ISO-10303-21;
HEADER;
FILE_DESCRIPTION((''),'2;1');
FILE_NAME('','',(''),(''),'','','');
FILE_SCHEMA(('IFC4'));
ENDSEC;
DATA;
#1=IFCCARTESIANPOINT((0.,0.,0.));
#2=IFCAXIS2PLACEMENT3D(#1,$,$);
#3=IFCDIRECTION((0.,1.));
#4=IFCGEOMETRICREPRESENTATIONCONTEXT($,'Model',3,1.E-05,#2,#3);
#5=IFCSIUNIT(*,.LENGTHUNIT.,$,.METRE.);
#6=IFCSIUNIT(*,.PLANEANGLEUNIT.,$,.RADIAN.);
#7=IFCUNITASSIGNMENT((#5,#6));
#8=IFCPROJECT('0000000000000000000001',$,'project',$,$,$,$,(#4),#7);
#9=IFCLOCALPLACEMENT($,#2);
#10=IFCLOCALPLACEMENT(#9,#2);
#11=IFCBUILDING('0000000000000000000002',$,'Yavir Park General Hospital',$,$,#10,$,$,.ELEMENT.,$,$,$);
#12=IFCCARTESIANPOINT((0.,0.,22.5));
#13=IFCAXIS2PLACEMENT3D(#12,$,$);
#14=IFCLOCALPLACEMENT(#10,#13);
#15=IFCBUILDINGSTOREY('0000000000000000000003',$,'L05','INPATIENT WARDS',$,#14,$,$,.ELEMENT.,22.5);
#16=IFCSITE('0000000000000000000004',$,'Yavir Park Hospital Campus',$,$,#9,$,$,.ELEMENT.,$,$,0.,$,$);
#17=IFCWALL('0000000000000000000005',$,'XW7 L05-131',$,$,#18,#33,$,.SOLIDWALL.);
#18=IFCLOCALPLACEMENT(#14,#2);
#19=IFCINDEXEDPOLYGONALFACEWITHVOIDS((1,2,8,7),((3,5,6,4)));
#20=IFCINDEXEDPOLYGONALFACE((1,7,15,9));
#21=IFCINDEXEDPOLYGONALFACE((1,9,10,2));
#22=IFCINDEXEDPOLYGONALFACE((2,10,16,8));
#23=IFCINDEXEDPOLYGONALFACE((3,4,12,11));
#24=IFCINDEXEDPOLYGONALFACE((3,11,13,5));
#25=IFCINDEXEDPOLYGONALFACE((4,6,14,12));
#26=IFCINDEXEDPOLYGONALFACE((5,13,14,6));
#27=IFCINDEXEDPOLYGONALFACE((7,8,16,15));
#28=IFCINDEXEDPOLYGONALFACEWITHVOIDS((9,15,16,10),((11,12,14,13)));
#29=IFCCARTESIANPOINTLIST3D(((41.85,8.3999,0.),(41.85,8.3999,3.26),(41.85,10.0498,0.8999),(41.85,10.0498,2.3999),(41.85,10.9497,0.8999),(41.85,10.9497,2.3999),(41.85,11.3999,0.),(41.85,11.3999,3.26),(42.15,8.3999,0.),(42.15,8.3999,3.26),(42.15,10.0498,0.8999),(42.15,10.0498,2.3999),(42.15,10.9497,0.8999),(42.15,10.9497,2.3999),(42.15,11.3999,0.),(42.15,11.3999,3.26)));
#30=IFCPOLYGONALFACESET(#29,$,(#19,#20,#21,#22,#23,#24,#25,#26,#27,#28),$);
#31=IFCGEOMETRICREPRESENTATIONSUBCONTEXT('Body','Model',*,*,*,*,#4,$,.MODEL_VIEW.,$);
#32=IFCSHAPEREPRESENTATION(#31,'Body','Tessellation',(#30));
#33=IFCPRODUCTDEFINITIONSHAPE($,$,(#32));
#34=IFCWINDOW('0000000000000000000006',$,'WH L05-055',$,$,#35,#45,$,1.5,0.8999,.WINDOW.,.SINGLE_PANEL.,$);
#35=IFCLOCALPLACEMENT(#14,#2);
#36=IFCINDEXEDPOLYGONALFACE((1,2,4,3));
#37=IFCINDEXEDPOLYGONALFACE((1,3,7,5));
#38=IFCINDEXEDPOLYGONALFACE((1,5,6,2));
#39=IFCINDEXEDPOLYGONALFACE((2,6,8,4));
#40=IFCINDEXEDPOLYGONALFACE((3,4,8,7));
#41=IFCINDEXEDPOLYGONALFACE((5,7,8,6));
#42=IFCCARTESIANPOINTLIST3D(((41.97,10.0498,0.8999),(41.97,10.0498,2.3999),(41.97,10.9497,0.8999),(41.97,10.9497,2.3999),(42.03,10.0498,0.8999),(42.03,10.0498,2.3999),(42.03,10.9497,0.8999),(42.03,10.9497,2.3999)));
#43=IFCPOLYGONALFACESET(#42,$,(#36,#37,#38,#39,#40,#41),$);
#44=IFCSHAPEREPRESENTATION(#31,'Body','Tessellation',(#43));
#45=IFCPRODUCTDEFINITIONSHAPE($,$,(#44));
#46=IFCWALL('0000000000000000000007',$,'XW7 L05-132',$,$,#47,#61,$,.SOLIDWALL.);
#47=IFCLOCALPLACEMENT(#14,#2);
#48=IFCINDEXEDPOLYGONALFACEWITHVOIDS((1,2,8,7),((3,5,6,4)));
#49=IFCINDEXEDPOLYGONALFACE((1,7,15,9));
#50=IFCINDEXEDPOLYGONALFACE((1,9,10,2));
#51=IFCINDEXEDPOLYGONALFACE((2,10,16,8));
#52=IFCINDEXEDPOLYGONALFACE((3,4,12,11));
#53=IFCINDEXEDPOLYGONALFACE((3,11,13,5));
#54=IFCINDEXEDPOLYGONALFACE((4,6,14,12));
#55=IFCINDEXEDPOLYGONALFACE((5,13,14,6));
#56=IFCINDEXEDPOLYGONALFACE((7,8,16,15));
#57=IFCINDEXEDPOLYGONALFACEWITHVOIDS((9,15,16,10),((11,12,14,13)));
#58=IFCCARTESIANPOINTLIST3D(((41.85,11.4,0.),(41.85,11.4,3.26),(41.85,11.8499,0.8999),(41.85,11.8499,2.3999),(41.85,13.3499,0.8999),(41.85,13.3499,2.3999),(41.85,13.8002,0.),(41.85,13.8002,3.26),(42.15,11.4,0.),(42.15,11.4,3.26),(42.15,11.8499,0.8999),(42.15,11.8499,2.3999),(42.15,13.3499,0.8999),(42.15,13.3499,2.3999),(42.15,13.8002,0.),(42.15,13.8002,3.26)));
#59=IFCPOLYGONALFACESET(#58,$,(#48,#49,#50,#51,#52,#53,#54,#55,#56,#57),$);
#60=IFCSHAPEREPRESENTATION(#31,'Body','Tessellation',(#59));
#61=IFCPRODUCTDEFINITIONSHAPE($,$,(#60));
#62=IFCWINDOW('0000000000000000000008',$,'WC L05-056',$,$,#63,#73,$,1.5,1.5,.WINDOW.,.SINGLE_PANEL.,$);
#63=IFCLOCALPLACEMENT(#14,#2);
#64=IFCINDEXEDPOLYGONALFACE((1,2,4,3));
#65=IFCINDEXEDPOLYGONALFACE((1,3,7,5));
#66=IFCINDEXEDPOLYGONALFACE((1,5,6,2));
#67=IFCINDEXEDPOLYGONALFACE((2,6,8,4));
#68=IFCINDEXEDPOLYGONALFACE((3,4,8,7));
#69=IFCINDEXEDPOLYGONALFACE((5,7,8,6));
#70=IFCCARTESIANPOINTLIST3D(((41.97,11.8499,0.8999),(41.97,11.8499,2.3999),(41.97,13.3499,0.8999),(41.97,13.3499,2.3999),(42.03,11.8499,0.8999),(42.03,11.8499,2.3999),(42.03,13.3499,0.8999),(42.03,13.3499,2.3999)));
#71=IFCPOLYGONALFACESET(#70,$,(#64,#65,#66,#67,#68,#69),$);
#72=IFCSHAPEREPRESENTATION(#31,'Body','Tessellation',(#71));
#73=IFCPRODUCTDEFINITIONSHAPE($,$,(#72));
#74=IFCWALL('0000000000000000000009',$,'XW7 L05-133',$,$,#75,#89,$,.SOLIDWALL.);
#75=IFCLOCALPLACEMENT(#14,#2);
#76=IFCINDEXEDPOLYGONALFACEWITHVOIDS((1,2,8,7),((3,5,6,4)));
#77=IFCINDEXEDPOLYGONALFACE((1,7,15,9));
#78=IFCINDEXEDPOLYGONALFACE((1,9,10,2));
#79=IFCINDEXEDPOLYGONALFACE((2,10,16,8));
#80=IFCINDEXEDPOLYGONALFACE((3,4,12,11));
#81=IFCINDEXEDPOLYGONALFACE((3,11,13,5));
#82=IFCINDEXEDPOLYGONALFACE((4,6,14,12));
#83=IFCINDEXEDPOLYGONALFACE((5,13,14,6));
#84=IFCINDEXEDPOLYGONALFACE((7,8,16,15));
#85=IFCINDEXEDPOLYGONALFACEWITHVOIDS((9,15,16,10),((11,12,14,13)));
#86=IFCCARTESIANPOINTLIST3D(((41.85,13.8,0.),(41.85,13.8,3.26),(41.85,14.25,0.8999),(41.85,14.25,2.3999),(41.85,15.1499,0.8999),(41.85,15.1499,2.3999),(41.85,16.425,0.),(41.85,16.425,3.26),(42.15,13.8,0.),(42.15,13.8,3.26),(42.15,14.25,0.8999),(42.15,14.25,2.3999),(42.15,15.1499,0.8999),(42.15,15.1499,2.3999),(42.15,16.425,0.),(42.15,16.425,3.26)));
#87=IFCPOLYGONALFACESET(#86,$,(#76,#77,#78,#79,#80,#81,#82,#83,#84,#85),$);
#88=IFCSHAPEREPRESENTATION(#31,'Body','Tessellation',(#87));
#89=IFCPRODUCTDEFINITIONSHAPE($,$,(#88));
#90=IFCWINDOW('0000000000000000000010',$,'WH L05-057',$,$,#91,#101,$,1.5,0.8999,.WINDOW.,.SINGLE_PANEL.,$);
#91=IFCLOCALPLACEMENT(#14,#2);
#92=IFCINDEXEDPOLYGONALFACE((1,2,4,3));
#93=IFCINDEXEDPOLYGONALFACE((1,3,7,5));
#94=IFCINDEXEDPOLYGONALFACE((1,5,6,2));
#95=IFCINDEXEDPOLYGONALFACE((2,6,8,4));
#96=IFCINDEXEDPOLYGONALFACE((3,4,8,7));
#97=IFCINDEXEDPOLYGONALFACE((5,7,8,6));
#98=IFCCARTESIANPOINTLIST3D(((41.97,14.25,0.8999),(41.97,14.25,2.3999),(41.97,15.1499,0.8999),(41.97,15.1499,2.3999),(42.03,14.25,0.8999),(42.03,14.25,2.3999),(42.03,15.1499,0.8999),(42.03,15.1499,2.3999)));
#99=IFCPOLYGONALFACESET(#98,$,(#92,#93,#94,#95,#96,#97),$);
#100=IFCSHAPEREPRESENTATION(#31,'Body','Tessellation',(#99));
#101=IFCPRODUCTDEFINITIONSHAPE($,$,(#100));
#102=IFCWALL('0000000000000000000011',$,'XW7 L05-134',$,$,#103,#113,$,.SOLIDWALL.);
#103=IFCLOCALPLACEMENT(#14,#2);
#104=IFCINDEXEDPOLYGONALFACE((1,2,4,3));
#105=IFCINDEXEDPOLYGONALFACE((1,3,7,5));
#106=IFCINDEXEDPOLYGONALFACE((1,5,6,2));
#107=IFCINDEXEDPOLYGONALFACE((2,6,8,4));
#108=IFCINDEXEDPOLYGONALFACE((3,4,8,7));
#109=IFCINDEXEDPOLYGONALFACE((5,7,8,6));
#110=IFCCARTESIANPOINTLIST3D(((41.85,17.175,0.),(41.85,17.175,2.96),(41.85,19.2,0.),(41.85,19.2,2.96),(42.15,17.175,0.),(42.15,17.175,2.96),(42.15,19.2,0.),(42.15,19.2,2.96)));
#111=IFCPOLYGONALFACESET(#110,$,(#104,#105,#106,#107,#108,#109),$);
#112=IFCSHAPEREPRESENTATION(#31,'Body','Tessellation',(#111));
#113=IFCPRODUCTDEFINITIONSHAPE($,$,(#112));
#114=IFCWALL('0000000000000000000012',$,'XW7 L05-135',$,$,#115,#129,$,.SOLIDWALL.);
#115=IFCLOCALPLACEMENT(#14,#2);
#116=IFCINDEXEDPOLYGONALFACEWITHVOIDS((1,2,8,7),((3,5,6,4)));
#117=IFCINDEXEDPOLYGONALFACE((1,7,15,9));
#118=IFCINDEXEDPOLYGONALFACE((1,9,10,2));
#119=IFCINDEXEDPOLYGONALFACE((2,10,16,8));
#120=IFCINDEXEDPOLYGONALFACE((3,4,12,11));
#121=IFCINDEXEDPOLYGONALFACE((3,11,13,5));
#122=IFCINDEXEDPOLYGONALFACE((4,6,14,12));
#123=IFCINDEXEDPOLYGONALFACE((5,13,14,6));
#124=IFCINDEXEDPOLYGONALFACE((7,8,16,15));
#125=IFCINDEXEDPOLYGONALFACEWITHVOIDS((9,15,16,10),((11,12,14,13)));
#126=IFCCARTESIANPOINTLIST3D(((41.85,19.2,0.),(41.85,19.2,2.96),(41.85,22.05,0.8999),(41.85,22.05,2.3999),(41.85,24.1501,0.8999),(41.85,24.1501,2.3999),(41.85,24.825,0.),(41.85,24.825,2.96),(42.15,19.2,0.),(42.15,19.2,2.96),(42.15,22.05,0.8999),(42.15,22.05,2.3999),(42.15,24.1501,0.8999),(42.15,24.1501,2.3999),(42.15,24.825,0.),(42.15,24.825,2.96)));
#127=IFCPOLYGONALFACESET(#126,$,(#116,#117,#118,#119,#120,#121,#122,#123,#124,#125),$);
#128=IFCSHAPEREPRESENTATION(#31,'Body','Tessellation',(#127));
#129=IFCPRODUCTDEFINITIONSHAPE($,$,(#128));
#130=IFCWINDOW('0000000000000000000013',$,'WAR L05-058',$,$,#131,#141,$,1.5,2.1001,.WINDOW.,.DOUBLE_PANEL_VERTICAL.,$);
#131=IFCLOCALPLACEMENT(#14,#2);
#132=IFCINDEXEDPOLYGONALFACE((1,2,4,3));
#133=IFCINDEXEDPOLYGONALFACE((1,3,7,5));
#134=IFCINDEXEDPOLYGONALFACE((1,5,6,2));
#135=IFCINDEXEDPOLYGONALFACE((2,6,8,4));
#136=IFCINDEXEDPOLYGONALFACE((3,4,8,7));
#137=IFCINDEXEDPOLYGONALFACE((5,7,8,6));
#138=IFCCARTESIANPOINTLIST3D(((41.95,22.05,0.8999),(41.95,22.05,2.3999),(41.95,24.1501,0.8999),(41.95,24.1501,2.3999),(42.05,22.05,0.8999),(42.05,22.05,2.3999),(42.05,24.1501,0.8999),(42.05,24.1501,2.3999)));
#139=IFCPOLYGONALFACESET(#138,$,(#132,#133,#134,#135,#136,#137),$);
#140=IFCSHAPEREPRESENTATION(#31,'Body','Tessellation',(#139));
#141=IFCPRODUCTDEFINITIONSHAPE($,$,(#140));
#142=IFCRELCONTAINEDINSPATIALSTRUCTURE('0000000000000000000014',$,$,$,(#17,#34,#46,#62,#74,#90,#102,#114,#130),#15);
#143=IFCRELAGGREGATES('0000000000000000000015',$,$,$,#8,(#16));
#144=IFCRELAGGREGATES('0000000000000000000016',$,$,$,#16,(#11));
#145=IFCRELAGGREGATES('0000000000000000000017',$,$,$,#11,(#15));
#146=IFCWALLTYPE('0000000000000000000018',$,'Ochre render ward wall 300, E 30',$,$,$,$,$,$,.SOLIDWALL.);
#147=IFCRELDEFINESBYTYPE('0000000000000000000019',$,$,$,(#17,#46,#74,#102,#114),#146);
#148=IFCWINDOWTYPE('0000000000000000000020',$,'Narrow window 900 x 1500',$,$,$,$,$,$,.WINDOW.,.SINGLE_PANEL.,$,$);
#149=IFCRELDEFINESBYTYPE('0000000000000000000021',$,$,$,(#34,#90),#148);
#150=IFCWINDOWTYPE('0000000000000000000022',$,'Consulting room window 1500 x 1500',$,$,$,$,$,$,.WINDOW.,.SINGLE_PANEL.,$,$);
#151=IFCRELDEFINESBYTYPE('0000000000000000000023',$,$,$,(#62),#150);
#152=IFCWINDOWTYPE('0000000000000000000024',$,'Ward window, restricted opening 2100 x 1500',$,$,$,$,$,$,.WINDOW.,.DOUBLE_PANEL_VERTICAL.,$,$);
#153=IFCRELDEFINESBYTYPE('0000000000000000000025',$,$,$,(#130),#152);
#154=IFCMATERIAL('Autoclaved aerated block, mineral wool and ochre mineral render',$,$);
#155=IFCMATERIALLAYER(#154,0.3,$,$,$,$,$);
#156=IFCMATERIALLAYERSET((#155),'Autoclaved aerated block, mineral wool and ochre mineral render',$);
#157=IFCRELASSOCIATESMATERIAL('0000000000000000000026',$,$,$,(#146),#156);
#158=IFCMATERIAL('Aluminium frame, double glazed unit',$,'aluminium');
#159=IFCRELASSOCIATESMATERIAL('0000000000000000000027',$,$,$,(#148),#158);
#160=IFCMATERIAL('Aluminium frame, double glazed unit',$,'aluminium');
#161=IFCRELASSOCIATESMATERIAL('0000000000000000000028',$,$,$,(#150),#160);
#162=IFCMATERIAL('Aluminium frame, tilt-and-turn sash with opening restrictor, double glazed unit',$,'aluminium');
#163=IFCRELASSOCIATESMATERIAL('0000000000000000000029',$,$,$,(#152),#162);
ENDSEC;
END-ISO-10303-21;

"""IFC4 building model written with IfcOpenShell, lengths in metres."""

from ifc_helpers import new_model, si_unit, direction, frame, frame_2d, origin, place, context, subcontext, project, spatial, rectangle, extrude, material, layer, layer_set, type_object, element, fill, save


model = new_model("IFC4")

# Units and contexts
model_context = context("Model", 3, precision=1e-05, world=origin(), true_north=direction((0.0, 1.0)))
body_context = subcontext(model_context, "Body", "Model", "MODEL_VIEW")
ifc_project = project(units=[si_unit("LENGTHUNIT", "METRE"), si_unit("PLANEANGLEUNIT", "RADIAN")], contexts=[model_context])

# Site, building, storey
site_placement = place(None, origin())
site = spatial("IfcSite", under=ifc_project, at=site_placement, Name="Yavir Park Hospital Campus", CompositionType="ELEMENT", RefElevation=0.0)
building_placement = place(site_placement, origin())
building = spatial("IfcBuilding", under=site, at=building_placement, Name="Yavir Park General Hospital", CompositionType="ELEMENT")
storey_placement = place(building_placement, frame((0.0, 0.0, 22.5)))
storey = spatial("IfcBuildingStorey", under=building, at=storey_placement, Name="L05", Description="INPATIENT WARDS", CompositionType="ELEMENT", Elevation=22.5)

# Shared definitions
ifc_material_1 = material(Name="Autoclaved aerated block, mineral wool and ochre mineral render")
ifc_layer_1 = layer(ifc_material_1, 0.3)
ifc_layer_set_1 = layer_set([ifc_layer_1], Name="Autoclaved aerated block, mineral wool and ochre mineral render")
wall_type = type_object("IfcWallType", Name="Ochre render ward wall 300, E 30", PredefinedType="SOLIDWALL", material=ifc_layer_set_1)

# Walls, openings, windows
wall_1_placement = place(storey_placement, frame((42.0, 8.3999, 0.0), z_axis=(0.0, 0.0, 1.0), x_axis=(0.0, 1.0, 0.0)))
wall_1 = element("IfcWall", 1, at=wall_1_placement, inside=storey, type_object=wall_type, Name="XW7 L05-131", PredefinedType="SOLIDWALL", context=body_context, shape_type="SweptSolid", body=[
    extrude(rectangle(XDim=3.0, YDim=0.3, at=frame_2d((1.5, 0.0))), origin(), (0.0, 0.0, 1.0), 3.26),
])
opening_1_placement = place(wall_1_placement, frame((1.6499, 0.0, 0.8999)))
opening_1 = element("IfcOpeningElement", 2, at=opening_1_placement, cuts=wall_1, PredefinedType="OPENING", context=body_context, shape_type="SweptSolid", body=[
    extrude(rectangle(XDim=0.8999, YDim=1.5, at=frame_2d((0.45, 0.75))), frame((0.0, 0.1599, 0.0), z_axis=(0.0, -1.0, 0.0), x_axis=(1.0, 0.0, 0.0)), (0.0, 0.0, 1.0), 0.3201),
])
ifc_material_2 = material(Name="Aluminium frame, double glazed unit", Category="aluminium")
window_type_1 = type_object("IfcWindowType", Name="Narrow window 900 x 1500", PartitioningType="SINGLE_PANEL", PredefinedType="WINDOW", material=ifc_material_2)
window_1_placement = place(opening_1_placement, origin())
window_1 = element("IfcWindow", 3, at=window_1_placement, inside=storey, type_object=window_type_1, Name="WH L05-055", OverallHeight=1.5, OverallWidth=0.8999, PartitioningType="SINGLE_PANEL", PredefinedType="WINDOW", context=body_context, shape_type="SweptSolid", body=[
    extrude(rectangle(XDim=0.8999, YDim=1.5, at=frame_2d((0.45, 0.75))), frame((0.0, 0.03, 0.0), z_axis=(0.0, -1.0, 0.0), x_axis=(1.0, 0.0, 0.0)), (0.0, 0.0, 1.0), 0.0601),
])
fill(opening_1, window_1)
wall_2_placement = place(storey_placement, frame((42.0, 11.3999, 0.0), z_axis=(0.0, 0.0, 1.0), x_axis=(0.0, 1.0, 0.0)))
wall_2 = element("IfcWall", 4, at=wall_2_placement, inside=storey, type_object=wall_type, Name="XW7 L05-132", PredefinedType="SOLIDWALL", context=body_context, shape_type="SweptSolid", body=[
    extrude(rectangle(XDim=2.4001, YDim=0.3, at=frame_2d((1.2002, 0.0))), origin(), (0.0, 0.0, 1.0), 3.26),
])
opening_2_placement = place(wall_2_placement, frame((0.45, 0.0, 0.8999)))
opening_2 = element("IfcOpeningElement", 5, at=opening_2_placement, cuts=wall_2, PredefinedType="OPENING", context=body_context, shape_type="SweptSolid", body=[
    extrude(rectangle(XDim=1.5, YDim=1.5, at=frame_2d((0.75, 0.75))), frame((0.0, 0.1599, 0.0), z_axis=(0.0, -1.0, 0.0), x_axis=(1.0, 0.0, 0.0)), (0.0, 0.0, 1.0), 0.3201),
])
ifc_material_3 = material(Name="Aluminium frame, double glazed unit", Category="aluminium")
window_type_2 = type_object("IfcWindowType", Name="Consulting room window 1500 x 1500", PartitioningType="SINGLE_PANEL", PredefinedType="WINDOW", material=ifc_material_3)
window_2_placement = place(opening_2_placement, origin())
window_2 = element("IfcWindow", 6, at=window_2_placement, inside=storey, type_object=window_type_2, Name="WC L05-056", OverallHeight=1.5, OverallWidth=1.5, PartitioningType="SINGLE_PANEL", PredefinedType="WINDOW", context=body_context, shape_type="SweptSolid", body=[
    extrude(rectangle(XDim=1.5, YDim=1.5, at=frame_2d((0.75, 0.75))), frame((0.0, 0.03, 0.0), z_axis=(0.0, -1.0, 0.0), x_axis=(1.0, 0.0, 0.0)), (0.0, 0.0, 1.0), 0.0601),
])
fill(opening_2, window_2)
wall_3_placement = place(storey_placement, frame((42.0, 13.8, 0.0), z_axis=(0.0, 0.0, 1.0), x_axis=(0.0, 1.0, 0.0)))
wall_3 = element("IfcWall", 7, at=wall_3_placement, inside=storey, type_object=wall_type, Name="XW7 L05-133", PredefinedType="SOLIDWALL", context=body_context, shape_type="SweptSolid", body=[
    extrude(rectangle(XDim=2.625, YDim=0.3, at=frame_2d((1.3125, 0.0))), origin(), (0.0, 0.0, 1.0), 3.26),
])
opening_3_placement = place(wall_3_placement, frame((0.45, 0.0, 0.8999)))
opening_3 = element("IfcOpeningElement", 8, at=opening_3_placement, cuts=wall_3, PredefinedType="OPENING", context=body_context, shape_type="SweptSolid", body=[
    extrude(rectangle(XDim=0.8999, YDim=1.5, at=frame_2d((0.45, 0.75))), frame((0.0, 0.1599, 0.0), z_axis=(0.0, -1.0, 0.0), x_axis=(1.0, 0.0, 0.0)), (0.0, 0.0, 1.0), 0.3201),
])
window_3_placement = place(opening_3_placement, origin())
window_3 = element("IfcWindow", 9, at=window_3_placement, inside=storey, type_object=window_type_1, Name="WH L05-057", OverallHeight=1.5, OverallWidth=0.8999, PartitioningType="SINGLE_PANEL", PredefinedType="WINDOW", context=body_context, shape_type="SweptSolid", body=[
    extrude(rectangle(XDim=0.8999, YDim=1.5, at=frame_2d((0.45, 0.75))), frame((0.0, 0.03, 0.0), z_axis=(0.0, -1.0, 0.0), x_axis=(1.0, 0.0, 0.0)), (0.0, 0.0, 1.0), 0.0601),
])
fill(opening_3, window_3)

# Wall
wall_4_placement = place(storey_placement, frame((42.0, 17.175, 0.0), z_axis=(0.0, 0.0, 1.0), x_axis=(0.0, 1.0, 0.0)))
element("IfcWall", 10, at=wall_4_placement, inside=storey, type_object=wall_type, Name="XW7 L05-134", PredefinedType="SOLIDWALL", context=body_context, shape_type="SweptSolid", body=[
    extrude(rectangle(XDim=2.0249, YDim=0.3, at=frame_2d((1.0125, 0.0))), origin(), (0.0, 0.0, 1.0), 2.96),
])

# Wall, opening, window
wall_5_placement = place(storey_placement, frame((42.0, 19.2, 0.0), z_axis=(0.0, 0.0, 1.0), x_axis=(0.0, 1.0, 0.0)))
wall_5 = element("IfcWall", 11, at=wall_5_placement, inside=storey, type_object=wall_type, Name="XW7 L05-135", PredefinedType="SOLIDWALL", context=body_context, shape_type="SweptSolid", body=[
    extrude(rectangle(XDim=5.625, YDim=0.3, at=frame_2d((2.8125, 0.0))), origin(), (0.0, 0.0, 1.0), 2.96),
])
opening_4_placement = place(wall_5_placement, frame((2.8501, 0.0, 0.8999)))
opening_4 = element("IfcOpeningElement", 12, at=opening_4_placement, cuts=wall_5, PredefinedType="OPENING", context=body_context, shape_type="SweptSolid", body=[
    extrude(rectangle(XDim=2.1001, YDim=1.5, at=frame_2d((1.05, 0.75))), frame((0.0, 0.1599, 0.0), z_axis=(0.0, -1.0, 0.0), x_axis=(1.0, 0.0, 0.0)), (0.0, 0.0, 1.0), 0.3201),
])
ifc_material_4 = material(Name="Aluminium frame, tilt-and-turn sash with opening restrictor, double glazed unit", Category="aluminium")
window_type_3 = type_object("IfcWindowType", Name="Ward window, restricted opening 2100 x 1500", PartitioningType="DOUBLE_PANEL_VERTICAL", PredefinedType="WINDOW", material=ifc_material_4)
window_4_placement = place(opening_4_placement, origin())
window_4 = element("IfcWindow", 13, at=window_4_placement, inside=storey, type_object=window_type_3, Name="WAR L05-058", OverallHeight=1.5, OverallWidth=2.1001, PartitioningType="DOUBLE_PANEL_VERTICAL", PredefinedType="WINDOW", context=body_context, shape_type="SweptSolid", body=[
    extrude(rectangle(XDim=2.1001, YDim=1.5, at=frame_2d((1.05, 0.75))), frame((0.0, 0.05, 0.0), z_axis=(0.0, -1.0, 0.0), x_axis=(1.0, 0.0, 0.0)), (0.0, 0.0, 1.0), 0.1001),
])
fill(opening_4, window_4)

save(model, "model.ifc")
